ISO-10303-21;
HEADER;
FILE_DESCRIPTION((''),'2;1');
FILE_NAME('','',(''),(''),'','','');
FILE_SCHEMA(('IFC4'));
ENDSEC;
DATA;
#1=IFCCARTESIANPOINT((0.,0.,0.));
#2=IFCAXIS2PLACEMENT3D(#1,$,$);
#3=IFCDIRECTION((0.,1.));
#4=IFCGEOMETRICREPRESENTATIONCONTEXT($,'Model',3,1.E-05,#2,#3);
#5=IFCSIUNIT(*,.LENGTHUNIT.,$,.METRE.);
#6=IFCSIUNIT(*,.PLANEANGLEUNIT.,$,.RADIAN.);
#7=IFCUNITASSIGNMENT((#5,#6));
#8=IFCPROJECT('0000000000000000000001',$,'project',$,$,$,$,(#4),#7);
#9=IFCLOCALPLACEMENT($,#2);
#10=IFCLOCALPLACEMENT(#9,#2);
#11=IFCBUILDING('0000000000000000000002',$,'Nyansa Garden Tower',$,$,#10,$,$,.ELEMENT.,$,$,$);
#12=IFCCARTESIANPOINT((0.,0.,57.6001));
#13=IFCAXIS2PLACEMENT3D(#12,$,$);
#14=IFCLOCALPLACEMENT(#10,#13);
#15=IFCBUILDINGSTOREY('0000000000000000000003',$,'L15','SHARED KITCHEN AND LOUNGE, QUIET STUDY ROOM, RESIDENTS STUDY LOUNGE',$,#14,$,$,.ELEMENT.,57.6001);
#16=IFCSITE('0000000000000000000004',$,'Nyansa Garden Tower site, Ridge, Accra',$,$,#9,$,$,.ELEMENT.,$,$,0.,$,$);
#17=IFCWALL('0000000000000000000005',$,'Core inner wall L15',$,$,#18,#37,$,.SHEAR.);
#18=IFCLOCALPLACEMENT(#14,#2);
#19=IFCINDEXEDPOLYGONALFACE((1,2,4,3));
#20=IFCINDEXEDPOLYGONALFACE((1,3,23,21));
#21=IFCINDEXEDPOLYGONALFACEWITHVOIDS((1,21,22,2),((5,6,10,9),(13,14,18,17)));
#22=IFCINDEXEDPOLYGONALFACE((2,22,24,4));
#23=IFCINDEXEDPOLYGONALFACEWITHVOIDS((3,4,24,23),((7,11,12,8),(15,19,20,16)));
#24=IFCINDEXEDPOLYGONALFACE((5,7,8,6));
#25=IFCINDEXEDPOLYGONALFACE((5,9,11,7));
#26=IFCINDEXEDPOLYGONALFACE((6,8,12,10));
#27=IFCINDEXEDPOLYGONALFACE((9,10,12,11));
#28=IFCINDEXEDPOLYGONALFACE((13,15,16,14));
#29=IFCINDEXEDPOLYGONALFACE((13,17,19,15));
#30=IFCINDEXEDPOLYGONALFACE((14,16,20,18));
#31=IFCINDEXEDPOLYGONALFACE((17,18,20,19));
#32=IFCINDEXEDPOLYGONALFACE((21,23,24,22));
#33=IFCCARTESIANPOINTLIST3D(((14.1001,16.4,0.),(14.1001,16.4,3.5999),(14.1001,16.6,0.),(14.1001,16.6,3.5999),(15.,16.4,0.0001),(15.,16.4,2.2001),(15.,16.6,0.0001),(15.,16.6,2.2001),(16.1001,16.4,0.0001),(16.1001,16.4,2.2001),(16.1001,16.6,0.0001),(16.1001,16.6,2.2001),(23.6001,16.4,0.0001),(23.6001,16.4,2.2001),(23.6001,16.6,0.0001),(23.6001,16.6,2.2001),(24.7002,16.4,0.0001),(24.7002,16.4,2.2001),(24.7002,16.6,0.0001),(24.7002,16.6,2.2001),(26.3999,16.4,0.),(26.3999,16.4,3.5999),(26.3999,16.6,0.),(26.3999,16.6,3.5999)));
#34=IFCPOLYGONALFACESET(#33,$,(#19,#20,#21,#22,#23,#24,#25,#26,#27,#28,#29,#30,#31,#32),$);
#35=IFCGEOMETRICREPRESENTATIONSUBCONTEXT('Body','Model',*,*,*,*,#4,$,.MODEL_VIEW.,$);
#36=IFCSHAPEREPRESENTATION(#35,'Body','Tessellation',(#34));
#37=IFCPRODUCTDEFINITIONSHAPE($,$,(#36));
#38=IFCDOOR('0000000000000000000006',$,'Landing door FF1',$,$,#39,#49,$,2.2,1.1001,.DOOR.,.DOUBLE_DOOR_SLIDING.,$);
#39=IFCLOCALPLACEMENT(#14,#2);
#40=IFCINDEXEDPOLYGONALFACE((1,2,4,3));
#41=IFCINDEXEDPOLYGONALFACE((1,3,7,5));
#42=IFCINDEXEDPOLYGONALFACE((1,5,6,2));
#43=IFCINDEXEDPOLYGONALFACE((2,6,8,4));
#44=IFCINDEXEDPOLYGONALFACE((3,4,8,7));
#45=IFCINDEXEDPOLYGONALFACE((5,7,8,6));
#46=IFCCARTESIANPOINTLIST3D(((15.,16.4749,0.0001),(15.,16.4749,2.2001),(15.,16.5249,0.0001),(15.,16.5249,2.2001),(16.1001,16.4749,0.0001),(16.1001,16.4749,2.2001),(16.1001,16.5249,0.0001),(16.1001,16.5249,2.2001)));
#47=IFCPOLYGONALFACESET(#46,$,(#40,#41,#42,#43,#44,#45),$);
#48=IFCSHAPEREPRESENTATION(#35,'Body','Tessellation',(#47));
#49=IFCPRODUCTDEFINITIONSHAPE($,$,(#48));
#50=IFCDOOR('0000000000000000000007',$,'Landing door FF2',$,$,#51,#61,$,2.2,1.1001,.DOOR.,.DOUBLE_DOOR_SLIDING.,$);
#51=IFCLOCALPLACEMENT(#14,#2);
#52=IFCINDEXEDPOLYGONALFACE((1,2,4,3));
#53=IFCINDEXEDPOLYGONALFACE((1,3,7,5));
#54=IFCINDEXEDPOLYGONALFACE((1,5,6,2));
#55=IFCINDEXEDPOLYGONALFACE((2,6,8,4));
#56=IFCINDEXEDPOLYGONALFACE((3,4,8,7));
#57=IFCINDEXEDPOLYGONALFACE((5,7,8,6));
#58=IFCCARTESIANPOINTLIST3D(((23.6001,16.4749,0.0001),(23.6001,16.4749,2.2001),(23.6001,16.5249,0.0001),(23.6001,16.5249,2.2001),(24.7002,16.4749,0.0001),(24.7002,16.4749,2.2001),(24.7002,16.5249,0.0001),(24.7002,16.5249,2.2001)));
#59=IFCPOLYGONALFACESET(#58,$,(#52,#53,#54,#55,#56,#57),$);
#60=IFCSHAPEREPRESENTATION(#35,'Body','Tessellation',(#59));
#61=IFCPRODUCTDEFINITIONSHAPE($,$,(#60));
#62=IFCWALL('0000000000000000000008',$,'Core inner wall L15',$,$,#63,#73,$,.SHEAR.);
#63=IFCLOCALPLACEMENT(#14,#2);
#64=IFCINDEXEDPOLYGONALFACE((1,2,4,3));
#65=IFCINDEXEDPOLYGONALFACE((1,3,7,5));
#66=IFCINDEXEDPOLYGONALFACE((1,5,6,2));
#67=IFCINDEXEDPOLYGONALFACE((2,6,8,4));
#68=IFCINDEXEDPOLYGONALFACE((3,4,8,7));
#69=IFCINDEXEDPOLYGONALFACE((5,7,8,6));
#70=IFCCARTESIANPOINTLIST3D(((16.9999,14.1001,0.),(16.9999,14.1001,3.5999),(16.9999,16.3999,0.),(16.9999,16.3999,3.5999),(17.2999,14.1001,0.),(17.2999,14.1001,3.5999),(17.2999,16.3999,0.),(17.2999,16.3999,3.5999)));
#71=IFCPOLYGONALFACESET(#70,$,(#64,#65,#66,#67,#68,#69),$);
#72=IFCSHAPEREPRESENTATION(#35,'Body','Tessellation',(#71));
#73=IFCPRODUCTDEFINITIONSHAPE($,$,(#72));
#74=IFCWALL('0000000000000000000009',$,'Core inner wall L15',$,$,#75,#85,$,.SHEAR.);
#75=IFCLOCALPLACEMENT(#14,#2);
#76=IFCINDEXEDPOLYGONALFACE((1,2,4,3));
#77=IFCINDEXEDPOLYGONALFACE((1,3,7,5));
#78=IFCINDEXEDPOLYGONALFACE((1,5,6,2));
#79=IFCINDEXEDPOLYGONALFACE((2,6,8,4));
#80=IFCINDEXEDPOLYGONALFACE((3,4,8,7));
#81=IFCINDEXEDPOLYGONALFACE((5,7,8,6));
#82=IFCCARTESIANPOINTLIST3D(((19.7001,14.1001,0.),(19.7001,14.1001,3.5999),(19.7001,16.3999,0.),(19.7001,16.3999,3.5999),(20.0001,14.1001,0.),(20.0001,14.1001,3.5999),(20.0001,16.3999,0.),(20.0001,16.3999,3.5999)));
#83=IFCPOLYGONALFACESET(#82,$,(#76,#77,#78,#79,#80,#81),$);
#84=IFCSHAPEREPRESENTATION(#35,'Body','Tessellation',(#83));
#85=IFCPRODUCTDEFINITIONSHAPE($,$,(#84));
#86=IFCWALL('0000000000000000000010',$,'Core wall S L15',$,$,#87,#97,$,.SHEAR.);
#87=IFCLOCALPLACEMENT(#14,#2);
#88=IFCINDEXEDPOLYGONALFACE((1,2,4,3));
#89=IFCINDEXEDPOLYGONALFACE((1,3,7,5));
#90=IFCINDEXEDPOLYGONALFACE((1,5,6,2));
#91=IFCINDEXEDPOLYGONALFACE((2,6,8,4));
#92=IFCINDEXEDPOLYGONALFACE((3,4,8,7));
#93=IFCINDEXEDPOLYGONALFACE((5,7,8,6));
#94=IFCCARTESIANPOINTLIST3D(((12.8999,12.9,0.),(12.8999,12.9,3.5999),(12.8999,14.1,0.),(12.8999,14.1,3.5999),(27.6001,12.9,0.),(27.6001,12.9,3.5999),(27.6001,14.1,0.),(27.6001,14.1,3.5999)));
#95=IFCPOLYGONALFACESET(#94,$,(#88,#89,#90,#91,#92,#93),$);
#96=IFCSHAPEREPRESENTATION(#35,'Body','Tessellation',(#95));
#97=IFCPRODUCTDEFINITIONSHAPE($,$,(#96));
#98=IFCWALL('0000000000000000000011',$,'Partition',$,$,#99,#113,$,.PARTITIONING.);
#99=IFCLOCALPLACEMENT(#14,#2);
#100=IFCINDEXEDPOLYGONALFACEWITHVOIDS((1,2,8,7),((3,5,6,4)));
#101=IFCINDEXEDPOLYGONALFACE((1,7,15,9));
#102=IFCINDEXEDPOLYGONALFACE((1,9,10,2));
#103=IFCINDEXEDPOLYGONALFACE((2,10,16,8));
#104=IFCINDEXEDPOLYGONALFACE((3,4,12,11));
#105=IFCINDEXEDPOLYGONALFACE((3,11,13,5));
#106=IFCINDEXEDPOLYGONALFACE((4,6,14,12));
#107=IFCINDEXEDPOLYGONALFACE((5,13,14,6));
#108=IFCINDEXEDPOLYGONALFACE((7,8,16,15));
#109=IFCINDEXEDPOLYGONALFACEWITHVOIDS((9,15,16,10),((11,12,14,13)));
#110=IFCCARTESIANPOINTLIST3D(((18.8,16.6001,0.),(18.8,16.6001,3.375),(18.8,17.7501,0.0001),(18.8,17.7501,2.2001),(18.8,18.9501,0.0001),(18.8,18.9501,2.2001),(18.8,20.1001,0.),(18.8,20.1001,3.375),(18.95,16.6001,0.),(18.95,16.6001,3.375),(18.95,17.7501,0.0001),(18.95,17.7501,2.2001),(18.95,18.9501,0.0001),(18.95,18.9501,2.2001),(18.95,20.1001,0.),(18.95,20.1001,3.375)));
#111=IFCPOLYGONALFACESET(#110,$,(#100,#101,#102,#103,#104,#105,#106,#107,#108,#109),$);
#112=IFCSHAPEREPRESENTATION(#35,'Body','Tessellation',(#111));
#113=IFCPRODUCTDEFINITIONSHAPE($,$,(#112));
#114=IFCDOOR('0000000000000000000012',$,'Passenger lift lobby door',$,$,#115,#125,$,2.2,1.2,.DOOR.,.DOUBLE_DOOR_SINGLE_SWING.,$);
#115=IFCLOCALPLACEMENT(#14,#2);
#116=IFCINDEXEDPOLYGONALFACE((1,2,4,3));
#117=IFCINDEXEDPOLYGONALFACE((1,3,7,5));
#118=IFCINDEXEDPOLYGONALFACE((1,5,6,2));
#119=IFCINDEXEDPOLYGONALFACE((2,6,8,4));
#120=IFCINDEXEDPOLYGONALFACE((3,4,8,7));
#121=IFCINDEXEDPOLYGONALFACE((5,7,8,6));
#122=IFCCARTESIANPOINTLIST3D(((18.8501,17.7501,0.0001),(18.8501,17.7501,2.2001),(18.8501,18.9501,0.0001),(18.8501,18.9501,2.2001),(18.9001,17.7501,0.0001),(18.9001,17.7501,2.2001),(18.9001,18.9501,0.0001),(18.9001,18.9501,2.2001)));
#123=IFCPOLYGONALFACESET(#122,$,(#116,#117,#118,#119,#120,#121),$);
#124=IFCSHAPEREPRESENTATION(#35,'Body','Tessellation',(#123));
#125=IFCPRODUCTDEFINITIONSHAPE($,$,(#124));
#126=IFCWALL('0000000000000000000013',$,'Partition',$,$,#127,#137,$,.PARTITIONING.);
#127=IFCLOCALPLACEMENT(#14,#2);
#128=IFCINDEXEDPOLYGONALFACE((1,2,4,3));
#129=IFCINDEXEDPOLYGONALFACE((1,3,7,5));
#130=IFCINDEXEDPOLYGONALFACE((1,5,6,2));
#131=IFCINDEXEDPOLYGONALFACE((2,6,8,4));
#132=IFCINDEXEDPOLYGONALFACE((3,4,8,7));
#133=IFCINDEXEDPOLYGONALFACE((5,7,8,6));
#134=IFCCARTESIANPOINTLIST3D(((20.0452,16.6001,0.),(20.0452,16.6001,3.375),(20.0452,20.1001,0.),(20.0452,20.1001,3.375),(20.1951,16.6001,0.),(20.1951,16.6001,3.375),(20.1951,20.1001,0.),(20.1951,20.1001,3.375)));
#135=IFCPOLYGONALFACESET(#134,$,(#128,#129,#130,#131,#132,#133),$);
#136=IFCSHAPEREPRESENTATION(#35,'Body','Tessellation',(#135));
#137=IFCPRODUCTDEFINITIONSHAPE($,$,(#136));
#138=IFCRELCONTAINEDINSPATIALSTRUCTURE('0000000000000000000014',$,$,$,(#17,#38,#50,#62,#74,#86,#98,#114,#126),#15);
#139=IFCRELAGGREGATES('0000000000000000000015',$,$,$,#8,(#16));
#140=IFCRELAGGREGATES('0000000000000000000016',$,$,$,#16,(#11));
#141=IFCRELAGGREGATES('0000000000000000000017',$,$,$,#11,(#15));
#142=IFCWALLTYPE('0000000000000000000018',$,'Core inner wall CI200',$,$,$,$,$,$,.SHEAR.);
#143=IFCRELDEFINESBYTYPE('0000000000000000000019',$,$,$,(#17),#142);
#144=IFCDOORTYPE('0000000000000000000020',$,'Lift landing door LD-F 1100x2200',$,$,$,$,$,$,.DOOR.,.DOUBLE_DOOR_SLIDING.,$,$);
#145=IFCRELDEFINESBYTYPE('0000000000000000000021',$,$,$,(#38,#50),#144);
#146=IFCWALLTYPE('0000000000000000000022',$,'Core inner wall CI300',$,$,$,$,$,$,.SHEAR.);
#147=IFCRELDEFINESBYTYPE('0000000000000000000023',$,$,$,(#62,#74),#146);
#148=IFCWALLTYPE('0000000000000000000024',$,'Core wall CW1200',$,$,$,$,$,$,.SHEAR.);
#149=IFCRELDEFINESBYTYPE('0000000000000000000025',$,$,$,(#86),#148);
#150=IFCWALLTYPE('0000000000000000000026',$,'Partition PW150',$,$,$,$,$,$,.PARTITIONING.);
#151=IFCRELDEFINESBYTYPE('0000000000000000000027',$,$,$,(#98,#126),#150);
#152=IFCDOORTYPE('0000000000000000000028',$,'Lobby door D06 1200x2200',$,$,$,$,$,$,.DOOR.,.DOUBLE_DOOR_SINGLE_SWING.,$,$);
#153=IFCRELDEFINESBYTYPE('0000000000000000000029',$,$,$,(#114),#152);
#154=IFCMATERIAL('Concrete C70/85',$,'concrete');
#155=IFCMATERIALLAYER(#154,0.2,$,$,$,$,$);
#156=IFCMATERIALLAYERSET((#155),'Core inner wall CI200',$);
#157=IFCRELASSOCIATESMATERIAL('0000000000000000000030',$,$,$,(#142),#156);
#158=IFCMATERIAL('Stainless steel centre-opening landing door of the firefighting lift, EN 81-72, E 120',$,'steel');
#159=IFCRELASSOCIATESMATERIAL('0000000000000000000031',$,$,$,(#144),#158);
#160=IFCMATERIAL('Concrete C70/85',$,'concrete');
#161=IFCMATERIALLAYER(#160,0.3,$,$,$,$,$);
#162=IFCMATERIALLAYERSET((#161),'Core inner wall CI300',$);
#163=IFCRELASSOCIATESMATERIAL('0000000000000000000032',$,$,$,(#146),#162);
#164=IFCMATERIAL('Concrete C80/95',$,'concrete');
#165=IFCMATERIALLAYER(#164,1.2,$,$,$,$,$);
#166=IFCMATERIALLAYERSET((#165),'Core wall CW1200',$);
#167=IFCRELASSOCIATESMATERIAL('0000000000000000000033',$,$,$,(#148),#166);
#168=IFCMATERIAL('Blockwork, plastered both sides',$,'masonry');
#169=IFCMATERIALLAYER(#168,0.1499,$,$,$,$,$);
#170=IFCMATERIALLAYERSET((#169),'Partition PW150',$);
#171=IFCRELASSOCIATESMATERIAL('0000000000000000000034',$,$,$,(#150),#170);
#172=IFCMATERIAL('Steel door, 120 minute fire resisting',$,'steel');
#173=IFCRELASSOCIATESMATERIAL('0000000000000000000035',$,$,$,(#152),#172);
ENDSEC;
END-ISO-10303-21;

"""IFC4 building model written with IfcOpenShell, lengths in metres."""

from ifc_helpers import new_model, si_unit, direction, frame, frame_2d, origin, place, context, subcontext, project, spatial, rectangle, extrude, material, layer, layer_set, type_object, element, fill, save


model = new_model("IFC4")

# Units and contexts
model_context = context("Model", 3, precision=1e-05, world=origin(), true_north=direction((0.0, 1.0)))
body_context = subcontext(model_context, "Body", "Model", "MODEL_VIEW")
ifc_project = project(units=[si_unit("LENGTHUNIT", "METRE"), si_unit("PLANEANGLEUNIT", "RADIAN")], contexts=[model_context])

# Site, building, storey
site_placement = place(None, origin())
site = spatial("IfcSite", under=ifc_project, at=site_placement, Name="Nyansa Garden Tower site, Ridge, Accra", CompositionType="ELEMENT", RefElevation=0.0)
building_placement = place(site_placement, origin())
building = spatial("IfcBuilding", under=site, at=building_placement, Name="Nyansa Garden Tower", CompositionType="ELEMENT")
storey_placement = place(building_placement, frame((0.0, 0.0, 57.6001)))
storey = spatial("IfcBuildingStorey", under=building, at=storey_placement, Name="L15", Description="SHARED KITCHEN AND LOUNGE, QUIET STUDY ROOM, RESIDENTS STUDY LOUNGE", CompositionType="ELEMENT", Elevation=57.6001)

# Wall, openings, doors
ifc_material_1 = material(Name="Concrete C70/85", Category="concrete")
ifc_layer_1 = layer(ifc_material_1, 0.2)
ifc_layer_set_1 = layer_set([ifc_layer_1], Name="Core inner wall CI200")
wall_type_1 = type_object("IfcWallType", Name="Core inner wall CI200", PredefinedType="SHEAR", material=ifc_layer_set_1)
wall_1_placement = place(storey_placement, frame((14.1001, 16.5, 0.0), z_axis=(0.0, 0.0, 1.0), x_axis=(1.0, 0.0, 0.0)))
wall_1 = element("IfcWall", 1, at=wall_1_placement, inside=storey, type_object=wall_type_1, Name="Core inner wall L15", PredefinedType="SHEAR", context=body_context, shape_type="SweptSolid", body=[
    extrude(rectangle(XDim=12.2998, YDim=0.2, at=frame_2d((6.1499, 0.0))), origin(), (0.0, 0.0, 1.0), 3.5999),
])
opening_1_placement = place(wall_1_placement, frame((0.8999, 0.0, 0.0)))
opening_1 = element("IfcOpeningElement", 2, at=opening_1_placement, cuts=wall_1, PredefinedType="OPENING", context=body_context, shape_type="SweptSolid", body=[
    extrude(rectangle(XDim=1.1001, YDim=2.2, at=frame_2d((0.55, 1.1001))), frame((0.0, 0.1099, 0.0), z_axis=(0.0, -1.0, 0.0), x_axis=(1.0, 0.0, 0.0)), (0.0, 0.0, 1.0), 0.22),
])
opening_2_placement = place(wall_1_placement, frame((9.5, 0.0, 0.0)))
opening_2 = element("IfcOpeningElement", 3, at=opening_2_placement, cuts=wall_1, PredefinedType="OPENING", context=body_context, shape_type="SweptSolid", body=[
    extrude(rectangle(XDim=1.1001, YDim=2.2, at=frame_2d((0.55, 1.1001))), frame((0.0, 0.1099, 0.0), z_axis=(0.0, -1.0, 0.0), x_axis=(1.0, 0.0, 0.0)), (0.0, 0.0, 1.0), 0.22),
])
ifc_material_2 = material(Name="Stainless steel centre-opening landing door of the firefighting lift, EN 81-72, E 120", Category="steel")
door_type_1 = type_object("IfcDoorType", Name="Lift landing door LD-F 1100x2200", OperationType="DOUBLE_DOOR_SLIDING", PredefinedType="DOOR", material=ifc_material_2)
door_1_placement = place(opening_1_placement, origin())
door_1 = element("IfcDoor", 4, at=door_1_placement, inside=storey, type_object=door_type_1, Name="Landing door FF1", OperationType="DOUBLE_DOOR_SLIDING", OverallHeight=2.2, OverallWidth=1.1001, PredefinedType="DOOR", context=body_context, shape_type="SweptSolid", body=[
    extrude(rectangle(XDim=1.1001, YDim=2.2, at=frame_2d((0.55, 1.1001))), frame((0.0, 0.0249, 0.0), z_axis=(0.0, -1.0, 0.0), x_axis=(1.0, 0.0, 0.0)), (0.0, 0.0, 1.0), 0.05),
])
fill(opening_1, door_1)
door_2_placement = place(opening_2_placement, origin())
door_2 = element("IfcDoor", 5, at=door_2_placement, inside=storey, type_object=door_type_1, Name="Landing door FF2", OperationType="DOUBLE_DOOR_SLIDING", OverallHeight=2.2, OverallWidth=1.1001, PredefinedType="DOOR", context=body_context, shape_type="SweptSolid", body=[
    extrude(rectangle(XDim=1.1001, YDim=2.2, at=frame_2d((0.55, 1.1001))), frame((0.0, 0.0249, 0.0), z_axis=(0.0, -1.0, 0.0), x_axis=(1.0, 0.0, 0.0)), (0.0, 0.0, 1.0), 0.05),
])
fill(opening_2, door_2)

# Walls
ifc_material_3 = material(Name="Concrete C70/85", Category="concrete")
ifc_layer_2 = layer(ifc_material_3, 0.3)
ifc_layer_set_2 = layer_set([ifc_layer_2], Name="Core inner wall CI300")
wall_type_2 = type_object("IfcWallType", Name="Core inner wall CI300", PredefinedType="SHEAR", material=ifc_layer_set_2)
for number, where, z_axis, x_axis, name in (
    (6, (17.1499, 14.1001, 0.0), (0.0, 0.0, 1.0), (0.0, 1.0, 0.0), "Core inner wall L15"),
    (7, (19.8501, 14.1001, 0.0), (0.0, 0.0, 1.0), (0.0, 1.0, 0.0), "Core inner wall L15"),
):
    element("IfcWall", number, at=place(storey_placement, frame(where, z_axis=z_axis, x_axis=x_axis)), inside=storey, type_object=wall_type_2, Name=name, PredefinedType="SHEAR", context=body_context, shape_type="SweptSolid", body=[
        extrude(rectangle(XDim=2.2998, YDim=0.3, at=frame_2d((1.1499, 0.0))), origin(), (0.0, 0.0, 1.0), 3.5999),
    ])
ifc_material_4 = material(Name="Concrete C80/95", Category="concrete")
ifc_layer_3 = layer(ifc_material_4, 1.2)
ifc_layer_set_3 = layer_set([ifc_layer_3], Name="Core wall CW1200")
wall_type_3 = type_object("IfcWallType", Name="Core wall CW1200", PredefinedType="SHEAR", material=ifc_layer_set_3)
wall_2_placement = place(storey_placement, frame((12.8999, 13.5, 0.0), z_axis=(0.0, 0.0, 1.0), x_axis=(1.0, 0.0, 0.0)))
element("IfcWall", 8, at=wall_2_placement, inside=storey, type_object=wall_type_3, Name="Core wall S L15", PredefinedType="SHEAR", context=body_context, shape_type="SweptSolid", body=[
    extrude(rectangle(XDim=14.7002, YDim=1.2, at=frame_2d((7.3501, 0.0))), origin(), (0.0, 0.0, 1.0), 3.5999),
])

# Wall, opening, door
ifc_material_5 = material(Name="Blockwork, plastered both sides", Category="masonry")
ifc_layer_4 = layer(ifc_material_5, 0.1499)
ifc_layer_set_4 = layer_set([ifc_layer_4], Name="Partition PW150")
wall_type_4 = type_object("IfcWallType", Name="Partition PW150", PredefinedType="PARTITIONING", material=ifc_layer_set_4)
wall_3_placement = place(storey_placement, frame((18.875, 16.6001, 0.0), z_axis=(0.0, 0.0, 1.0), x_axis=(0.0, 1.0, 0.0)))
wall_3 = element("IfcWall", 9, at=wall_3_placement, inside=storey, type_object=wall_type_4, Name="Partition", PredefinedType="PARTITIONING", context=body_context, shape_type="SweptSolid", body=[
    extrude(rectangle(XDim=3.5, YDim=0.1499, at=frame_2d((1.75, 0.0))), origin(), (0.0, 0.0, 1.0), 3.375),
])
opening_3_placement = place(wall_3_placement, frame((1.1499, 0.0, 0.0)))
opening_3 = element("IfcOpeningElement", 10, at=opening_3_placement, cuts=wall_3, PredefinedType="OPENING", context=body_context, shape_type="SweptSolid", body=[
    extrude(rectangle(XDim=1.2, YDim=2.2, at=frame_2d((0.6001, 1.1001))), frame((0.0, 0.085, 0.0), z_axis=(0.0, -1.0, 0.0), x_axis=(1.0, 0.0, 0.0)), (0.0, 0.0, 1.0), 0.1699),
])
ifc_material_6 = material(Name="Steel door, 120 minute fire resisting", Category="steel")
door_type_2 = type_object("IfcDoorType", Name="Lobby door D06 1200x2200", OperationType="DOUBLE_DOOR_SINGLE_SWING", PredefinedType="DOOR", material=ifc_material_6)
door_3_placement = place(opening_3_placement, origin())
door_3 = element("IfcDoor", 11, at=door_3_placement, inside=storey, type_object=door_type_2, Name="Passenger lift lobby door", OperationType="DOUBLE_DOOR_SINGLE_SWING", OverallHeight=2.2, OverallWidth=1.2, PredefinedType="DOOR", context=body_context, shape_type="SweptSolid", body=[
    extrude(rectangle(XDim=1.2, YDim=2.2, at=frame_2d((0.6001, 1.1001))), frame((0.0, 0.0249, 0.0), z_axis=(0.0, -1.0, 0.0), x_axis=(1.0, 0.0, 0.0)), (0.0, 0.0, 1.0), 0.05),
])
fill(opening_3, door_3)

# Wall
wall_4_placement = place(storey_placement, frame((20.1201, 16.6001, 0.0), z_axis=(0.0, 0.0, 1.0), x_axis=(0.0, 1.0, 0.0)))
element("IfcWall", 12, at=wall_4_placement, inside=storey, type_object=wall_type_4, Name="Partition", PredefinedType="PARTITIONING", context=body_context, shape_type="SweptSolid", body=[
    extrude(rectangle(XDim=3.5, YDim=0.1499, at=frame_2d((1.75, 0.0))), origin(), (0.0, 0.0, 1.0), 3.375),
])

save(model, "model.ifc")
